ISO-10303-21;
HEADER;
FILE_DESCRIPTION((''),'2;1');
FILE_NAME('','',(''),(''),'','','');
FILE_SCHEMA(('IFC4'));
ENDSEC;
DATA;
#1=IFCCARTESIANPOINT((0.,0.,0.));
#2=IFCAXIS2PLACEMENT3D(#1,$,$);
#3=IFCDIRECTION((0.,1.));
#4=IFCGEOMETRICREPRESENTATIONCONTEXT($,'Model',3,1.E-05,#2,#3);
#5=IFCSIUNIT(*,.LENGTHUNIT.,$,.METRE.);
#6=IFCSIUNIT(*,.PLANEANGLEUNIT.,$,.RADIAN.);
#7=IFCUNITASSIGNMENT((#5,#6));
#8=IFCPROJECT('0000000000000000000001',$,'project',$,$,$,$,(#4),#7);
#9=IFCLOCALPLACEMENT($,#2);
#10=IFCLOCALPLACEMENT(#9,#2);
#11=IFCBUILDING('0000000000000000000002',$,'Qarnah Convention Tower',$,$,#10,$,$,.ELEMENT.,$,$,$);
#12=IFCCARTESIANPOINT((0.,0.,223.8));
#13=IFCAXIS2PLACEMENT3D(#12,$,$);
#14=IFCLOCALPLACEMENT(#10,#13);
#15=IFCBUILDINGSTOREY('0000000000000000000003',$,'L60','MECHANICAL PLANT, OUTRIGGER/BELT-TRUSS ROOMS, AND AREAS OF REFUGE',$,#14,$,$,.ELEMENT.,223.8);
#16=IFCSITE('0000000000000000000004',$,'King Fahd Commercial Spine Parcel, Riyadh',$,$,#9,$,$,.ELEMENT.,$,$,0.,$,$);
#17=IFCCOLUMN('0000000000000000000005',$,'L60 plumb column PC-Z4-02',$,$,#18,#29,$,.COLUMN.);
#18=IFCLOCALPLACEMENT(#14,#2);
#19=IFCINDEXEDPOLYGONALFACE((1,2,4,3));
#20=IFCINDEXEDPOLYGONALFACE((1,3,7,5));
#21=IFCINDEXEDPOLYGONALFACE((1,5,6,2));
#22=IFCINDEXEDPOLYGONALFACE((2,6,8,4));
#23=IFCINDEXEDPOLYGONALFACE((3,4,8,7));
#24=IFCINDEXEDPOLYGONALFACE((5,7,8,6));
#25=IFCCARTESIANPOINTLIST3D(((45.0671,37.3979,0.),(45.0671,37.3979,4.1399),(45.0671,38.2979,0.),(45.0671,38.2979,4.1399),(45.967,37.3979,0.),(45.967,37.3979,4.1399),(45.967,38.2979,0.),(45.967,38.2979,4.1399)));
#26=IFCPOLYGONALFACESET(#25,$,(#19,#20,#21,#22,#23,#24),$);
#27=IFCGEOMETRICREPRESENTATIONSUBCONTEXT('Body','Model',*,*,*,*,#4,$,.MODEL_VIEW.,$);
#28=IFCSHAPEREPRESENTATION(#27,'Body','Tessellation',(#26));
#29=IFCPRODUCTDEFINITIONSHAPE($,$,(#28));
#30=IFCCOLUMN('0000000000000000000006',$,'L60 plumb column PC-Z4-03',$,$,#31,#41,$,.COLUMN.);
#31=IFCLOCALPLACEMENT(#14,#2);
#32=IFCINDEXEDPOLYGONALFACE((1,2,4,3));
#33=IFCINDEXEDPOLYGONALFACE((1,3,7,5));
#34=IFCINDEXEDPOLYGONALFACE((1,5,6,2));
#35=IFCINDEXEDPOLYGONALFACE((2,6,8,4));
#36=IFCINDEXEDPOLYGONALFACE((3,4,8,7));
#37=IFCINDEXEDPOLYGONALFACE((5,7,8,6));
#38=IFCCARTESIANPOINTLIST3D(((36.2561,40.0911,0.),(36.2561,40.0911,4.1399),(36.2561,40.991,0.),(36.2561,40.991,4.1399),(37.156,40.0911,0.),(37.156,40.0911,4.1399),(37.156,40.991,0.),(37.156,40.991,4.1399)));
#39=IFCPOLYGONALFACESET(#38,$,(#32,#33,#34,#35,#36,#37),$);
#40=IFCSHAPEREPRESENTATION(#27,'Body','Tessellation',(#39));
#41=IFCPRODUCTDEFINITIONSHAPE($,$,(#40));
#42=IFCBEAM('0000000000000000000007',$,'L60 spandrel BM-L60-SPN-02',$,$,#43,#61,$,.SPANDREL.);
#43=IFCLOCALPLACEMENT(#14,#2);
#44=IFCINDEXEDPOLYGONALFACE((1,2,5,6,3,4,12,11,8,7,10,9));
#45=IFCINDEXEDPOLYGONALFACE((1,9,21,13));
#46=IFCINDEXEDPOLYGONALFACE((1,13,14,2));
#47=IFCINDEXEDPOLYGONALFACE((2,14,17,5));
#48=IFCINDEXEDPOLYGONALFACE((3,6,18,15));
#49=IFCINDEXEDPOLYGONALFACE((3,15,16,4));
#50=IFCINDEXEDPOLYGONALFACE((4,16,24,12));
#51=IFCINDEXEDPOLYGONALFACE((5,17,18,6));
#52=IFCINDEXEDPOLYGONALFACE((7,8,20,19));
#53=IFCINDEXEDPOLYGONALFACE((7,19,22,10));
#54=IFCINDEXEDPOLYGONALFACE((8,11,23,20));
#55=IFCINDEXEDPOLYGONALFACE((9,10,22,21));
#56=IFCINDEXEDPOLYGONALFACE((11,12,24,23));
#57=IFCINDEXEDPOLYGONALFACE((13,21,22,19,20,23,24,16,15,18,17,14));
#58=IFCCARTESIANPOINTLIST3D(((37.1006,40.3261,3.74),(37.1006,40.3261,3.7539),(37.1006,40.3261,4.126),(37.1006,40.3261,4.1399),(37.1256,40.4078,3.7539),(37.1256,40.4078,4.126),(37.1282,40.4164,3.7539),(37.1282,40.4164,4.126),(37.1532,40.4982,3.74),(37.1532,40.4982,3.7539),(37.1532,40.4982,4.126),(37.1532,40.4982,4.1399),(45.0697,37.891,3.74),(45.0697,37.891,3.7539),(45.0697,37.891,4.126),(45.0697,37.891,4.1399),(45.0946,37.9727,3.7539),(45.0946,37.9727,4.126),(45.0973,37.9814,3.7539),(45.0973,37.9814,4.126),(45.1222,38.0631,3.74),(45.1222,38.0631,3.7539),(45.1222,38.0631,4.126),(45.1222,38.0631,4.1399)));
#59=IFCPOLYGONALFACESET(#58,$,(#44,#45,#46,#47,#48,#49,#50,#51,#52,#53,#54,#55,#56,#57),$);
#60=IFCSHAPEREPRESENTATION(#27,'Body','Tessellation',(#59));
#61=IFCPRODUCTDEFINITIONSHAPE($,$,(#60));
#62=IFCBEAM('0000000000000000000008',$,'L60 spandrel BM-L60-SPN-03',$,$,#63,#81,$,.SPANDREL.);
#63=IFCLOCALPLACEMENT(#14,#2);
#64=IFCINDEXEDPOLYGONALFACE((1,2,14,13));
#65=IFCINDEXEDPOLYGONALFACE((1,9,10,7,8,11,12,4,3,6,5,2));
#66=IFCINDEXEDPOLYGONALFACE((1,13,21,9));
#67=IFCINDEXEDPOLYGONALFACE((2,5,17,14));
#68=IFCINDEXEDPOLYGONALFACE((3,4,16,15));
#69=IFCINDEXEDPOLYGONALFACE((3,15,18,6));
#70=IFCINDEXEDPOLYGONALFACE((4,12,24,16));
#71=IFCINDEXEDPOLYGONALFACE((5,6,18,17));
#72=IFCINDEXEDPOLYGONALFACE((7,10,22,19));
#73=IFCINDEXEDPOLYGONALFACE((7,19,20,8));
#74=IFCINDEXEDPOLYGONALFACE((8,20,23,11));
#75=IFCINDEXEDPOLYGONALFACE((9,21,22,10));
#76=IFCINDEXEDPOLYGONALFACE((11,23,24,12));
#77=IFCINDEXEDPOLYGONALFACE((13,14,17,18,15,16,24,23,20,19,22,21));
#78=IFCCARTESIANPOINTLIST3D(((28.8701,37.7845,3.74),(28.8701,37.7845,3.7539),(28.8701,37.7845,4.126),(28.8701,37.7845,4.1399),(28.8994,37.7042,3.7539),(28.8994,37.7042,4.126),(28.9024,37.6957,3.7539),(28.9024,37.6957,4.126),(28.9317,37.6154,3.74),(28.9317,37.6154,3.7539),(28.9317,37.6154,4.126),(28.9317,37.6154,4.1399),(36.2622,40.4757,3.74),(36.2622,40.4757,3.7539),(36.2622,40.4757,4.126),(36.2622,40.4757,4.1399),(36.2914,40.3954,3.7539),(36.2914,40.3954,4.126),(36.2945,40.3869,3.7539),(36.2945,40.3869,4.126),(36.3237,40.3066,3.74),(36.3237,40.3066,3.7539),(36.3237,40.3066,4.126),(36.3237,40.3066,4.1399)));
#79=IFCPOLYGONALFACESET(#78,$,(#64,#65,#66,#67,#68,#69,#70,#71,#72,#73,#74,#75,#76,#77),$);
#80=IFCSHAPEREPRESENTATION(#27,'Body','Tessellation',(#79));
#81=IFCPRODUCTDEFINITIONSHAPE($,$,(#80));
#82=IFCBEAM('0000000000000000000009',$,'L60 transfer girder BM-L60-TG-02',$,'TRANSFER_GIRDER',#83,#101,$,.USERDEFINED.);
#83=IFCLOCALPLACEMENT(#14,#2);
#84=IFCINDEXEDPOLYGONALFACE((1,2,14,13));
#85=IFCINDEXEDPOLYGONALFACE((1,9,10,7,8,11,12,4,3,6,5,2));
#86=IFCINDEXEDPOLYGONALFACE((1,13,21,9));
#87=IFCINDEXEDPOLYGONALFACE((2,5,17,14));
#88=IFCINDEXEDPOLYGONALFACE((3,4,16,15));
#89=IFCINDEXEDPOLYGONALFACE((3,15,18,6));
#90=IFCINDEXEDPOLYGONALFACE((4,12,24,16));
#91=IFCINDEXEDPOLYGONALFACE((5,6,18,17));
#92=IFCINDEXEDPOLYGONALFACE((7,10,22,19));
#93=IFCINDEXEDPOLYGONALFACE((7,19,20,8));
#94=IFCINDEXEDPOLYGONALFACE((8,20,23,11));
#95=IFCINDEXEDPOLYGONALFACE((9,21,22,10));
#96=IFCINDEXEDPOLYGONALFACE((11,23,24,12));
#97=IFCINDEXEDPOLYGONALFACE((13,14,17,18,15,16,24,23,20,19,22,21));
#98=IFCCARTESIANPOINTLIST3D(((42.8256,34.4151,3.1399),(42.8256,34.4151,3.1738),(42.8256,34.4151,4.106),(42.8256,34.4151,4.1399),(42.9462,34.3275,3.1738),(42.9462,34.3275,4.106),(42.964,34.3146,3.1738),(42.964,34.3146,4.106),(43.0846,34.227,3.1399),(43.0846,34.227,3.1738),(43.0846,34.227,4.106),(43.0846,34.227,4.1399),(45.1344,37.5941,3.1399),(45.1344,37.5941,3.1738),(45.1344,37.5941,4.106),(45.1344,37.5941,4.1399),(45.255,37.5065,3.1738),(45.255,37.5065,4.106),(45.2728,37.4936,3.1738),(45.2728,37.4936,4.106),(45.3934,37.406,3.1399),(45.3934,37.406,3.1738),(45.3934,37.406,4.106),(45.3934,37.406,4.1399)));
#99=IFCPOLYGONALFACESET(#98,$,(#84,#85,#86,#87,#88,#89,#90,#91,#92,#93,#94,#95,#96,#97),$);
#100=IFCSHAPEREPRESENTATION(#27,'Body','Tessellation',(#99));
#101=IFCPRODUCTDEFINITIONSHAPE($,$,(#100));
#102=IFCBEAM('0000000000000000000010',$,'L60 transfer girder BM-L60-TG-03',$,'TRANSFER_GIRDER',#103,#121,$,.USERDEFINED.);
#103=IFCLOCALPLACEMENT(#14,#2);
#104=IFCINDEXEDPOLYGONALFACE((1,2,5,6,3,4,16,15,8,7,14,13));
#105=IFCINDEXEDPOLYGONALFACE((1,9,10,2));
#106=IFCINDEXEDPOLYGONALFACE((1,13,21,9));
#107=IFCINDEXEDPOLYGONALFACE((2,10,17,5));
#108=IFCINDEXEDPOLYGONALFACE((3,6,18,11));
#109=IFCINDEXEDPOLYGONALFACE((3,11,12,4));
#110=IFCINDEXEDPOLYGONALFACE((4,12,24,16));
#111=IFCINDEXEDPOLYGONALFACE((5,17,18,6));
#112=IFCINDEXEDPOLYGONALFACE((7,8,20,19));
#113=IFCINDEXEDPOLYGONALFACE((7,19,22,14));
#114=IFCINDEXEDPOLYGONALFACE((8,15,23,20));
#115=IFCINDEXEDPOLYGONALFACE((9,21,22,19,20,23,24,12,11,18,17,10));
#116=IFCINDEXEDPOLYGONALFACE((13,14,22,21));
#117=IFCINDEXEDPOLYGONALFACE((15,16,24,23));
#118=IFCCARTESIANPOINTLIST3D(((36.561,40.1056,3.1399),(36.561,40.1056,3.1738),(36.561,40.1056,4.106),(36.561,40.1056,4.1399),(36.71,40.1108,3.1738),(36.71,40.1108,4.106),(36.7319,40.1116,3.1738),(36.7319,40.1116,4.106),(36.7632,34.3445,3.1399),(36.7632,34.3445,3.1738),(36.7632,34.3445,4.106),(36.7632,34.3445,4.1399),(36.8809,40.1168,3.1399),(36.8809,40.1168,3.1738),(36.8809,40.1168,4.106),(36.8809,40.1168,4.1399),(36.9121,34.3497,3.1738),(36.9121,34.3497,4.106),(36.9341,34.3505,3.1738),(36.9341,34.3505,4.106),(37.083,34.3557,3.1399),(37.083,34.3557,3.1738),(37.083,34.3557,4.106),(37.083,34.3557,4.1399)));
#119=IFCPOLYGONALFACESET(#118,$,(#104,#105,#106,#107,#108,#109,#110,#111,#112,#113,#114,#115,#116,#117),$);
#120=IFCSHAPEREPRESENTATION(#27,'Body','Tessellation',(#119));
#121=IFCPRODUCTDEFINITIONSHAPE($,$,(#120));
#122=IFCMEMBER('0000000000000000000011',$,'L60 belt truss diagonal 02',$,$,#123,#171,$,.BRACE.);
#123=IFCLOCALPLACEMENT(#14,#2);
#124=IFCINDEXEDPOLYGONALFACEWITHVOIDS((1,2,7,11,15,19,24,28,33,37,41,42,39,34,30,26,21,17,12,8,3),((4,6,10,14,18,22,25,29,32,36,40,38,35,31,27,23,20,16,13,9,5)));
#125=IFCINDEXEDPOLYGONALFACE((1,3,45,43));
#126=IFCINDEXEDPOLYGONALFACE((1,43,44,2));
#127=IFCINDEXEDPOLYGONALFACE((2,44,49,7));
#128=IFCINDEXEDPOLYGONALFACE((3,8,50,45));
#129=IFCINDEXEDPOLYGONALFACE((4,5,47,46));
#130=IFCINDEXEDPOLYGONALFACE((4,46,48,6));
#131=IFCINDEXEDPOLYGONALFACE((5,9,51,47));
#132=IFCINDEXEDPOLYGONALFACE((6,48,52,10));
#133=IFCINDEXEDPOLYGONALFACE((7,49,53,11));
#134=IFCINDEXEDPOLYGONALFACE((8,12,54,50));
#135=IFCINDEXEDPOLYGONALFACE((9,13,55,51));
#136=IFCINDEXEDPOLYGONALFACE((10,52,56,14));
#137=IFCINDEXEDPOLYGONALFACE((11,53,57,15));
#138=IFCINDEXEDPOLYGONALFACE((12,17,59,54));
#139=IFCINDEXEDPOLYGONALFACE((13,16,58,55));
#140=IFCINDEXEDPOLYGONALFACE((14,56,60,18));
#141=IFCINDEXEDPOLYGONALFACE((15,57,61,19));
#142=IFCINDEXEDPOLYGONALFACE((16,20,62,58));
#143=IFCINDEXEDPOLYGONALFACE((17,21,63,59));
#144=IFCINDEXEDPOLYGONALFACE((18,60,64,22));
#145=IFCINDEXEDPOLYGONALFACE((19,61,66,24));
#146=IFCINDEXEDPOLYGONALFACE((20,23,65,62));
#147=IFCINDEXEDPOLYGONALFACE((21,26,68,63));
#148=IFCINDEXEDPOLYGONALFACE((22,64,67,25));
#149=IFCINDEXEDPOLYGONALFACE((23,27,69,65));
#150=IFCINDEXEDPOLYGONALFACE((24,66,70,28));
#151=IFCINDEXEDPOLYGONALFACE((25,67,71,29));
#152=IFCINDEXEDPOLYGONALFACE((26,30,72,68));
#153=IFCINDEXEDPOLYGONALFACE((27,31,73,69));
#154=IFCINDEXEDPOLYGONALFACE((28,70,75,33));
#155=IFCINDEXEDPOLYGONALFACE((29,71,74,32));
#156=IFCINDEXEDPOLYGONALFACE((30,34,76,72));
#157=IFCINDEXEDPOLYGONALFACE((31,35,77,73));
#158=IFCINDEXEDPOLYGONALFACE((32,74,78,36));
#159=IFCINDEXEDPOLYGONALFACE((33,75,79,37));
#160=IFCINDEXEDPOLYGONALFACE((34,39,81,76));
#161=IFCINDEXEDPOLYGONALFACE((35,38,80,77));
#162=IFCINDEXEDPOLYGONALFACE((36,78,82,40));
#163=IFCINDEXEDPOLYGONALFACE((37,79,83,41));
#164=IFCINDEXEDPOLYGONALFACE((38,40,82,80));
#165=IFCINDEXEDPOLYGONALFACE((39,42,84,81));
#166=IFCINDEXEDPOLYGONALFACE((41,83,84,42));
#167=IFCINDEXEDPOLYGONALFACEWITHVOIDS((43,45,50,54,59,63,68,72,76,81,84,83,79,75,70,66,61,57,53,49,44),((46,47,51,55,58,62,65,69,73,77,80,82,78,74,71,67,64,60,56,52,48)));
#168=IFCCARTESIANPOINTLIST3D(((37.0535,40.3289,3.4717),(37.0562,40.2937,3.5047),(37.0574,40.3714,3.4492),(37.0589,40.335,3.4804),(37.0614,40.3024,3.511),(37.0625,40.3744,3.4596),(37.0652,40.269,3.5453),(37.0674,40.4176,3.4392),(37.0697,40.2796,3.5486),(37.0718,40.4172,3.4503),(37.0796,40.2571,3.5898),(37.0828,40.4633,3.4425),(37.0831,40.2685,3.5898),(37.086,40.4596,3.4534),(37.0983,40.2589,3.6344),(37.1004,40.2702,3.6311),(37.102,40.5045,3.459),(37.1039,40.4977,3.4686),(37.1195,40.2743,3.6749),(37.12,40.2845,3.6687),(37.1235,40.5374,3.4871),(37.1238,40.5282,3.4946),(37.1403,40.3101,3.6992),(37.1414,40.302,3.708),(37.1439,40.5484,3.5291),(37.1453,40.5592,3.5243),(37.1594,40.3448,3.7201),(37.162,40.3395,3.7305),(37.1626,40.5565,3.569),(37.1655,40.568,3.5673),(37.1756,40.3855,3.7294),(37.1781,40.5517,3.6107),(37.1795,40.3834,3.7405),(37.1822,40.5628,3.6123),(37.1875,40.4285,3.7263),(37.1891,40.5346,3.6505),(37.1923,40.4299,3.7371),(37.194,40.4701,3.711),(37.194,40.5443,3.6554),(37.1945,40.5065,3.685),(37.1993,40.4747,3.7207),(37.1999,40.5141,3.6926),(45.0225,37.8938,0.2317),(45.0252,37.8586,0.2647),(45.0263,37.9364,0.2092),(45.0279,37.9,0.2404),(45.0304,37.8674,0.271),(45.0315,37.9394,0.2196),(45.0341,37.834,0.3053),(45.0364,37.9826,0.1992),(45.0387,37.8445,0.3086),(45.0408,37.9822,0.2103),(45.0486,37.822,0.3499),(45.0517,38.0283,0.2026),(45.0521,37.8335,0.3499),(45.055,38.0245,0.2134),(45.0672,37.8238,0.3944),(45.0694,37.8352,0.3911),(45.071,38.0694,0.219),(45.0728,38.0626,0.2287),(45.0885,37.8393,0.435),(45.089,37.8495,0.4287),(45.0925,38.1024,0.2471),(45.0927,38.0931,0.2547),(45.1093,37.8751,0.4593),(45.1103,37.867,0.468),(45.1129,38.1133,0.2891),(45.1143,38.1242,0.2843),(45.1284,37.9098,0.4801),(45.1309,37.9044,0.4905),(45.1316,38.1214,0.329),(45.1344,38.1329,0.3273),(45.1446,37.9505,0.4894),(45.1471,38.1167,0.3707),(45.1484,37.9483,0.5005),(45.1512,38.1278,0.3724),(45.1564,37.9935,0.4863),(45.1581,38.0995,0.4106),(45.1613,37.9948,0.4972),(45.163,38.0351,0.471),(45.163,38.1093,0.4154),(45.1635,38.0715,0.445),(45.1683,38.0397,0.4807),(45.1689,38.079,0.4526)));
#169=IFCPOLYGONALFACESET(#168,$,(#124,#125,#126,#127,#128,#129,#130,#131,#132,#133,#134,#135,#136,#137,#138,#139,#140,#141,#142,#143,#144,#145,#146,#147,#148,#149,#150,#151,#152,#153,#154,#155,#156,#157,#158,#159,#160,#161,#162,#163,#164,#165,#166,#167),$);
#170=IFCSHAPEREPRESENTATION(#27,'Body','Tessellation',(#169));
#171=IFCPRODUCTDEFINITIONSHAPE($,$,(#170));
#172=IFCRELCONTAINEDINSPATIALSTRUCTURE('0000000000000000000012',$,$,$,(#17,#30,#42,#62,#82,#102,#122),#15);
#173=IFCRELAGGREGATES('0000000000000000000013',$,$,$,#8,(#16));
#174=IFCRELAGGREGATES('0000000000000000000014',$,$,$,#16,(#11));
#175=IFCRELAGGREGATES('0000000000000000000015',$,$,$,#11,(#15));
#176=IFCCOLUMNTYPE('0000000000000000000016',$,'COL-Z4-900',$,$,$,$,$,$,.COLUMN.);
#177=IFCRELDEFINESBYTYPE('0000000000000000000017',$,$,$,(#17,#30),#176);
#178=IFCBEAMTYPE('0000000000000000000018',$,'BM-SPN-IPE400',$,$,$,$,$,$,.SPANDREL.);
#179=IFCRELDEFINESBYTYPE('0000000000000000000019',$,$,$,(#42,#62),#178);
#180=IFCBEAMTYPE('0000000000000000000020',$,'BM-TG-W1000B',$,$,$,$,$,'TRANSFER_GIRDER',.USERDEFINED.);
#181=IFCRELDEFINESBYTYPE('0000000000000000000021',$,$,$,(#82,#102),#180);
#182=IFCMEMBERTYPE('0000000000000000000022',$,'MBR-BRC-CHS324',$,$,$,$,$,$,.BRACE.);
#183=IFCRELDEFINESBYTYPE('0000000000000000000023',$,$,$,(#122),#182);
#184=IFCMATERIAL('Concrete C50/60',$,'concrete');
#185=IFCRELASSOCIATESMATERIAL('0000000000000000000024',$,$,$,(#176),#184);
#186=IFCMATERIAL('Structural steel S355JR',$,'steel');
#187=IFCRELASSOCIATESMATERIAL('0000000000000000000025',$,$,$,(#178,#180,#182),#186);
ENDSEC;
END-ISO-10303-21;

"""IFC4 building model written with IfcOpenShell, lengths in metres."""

from ifc_helpers import new_model, si_unit, direction, frame, origin, origin_2d, place, context, subcontext, project, spatial, rectangle, hollow_circle, i_section, extrude, material, material_profile, profile_set, type_object, element, save


model = new_model("IFC4")

# Units and contexts
model_context = context("Model", 3, precision=1e-05, world=origin(), true_north=direction((0.0, 1.0)))
body_context = subcontext(model_context, "Body", "Model", "MODEL_VIEW")
ifc_project = project(units=[si_unit("LENGTHUNIT", "METRE"), si_unit("PLANEANGLEUNIT", "RADIAN")], contexts=[model_context])

# Site, building, storey
site_placement = place(None, origin())
site = spatial("IfcSite", under=ifc_project, at=site_placement, Name="King Fahd Commercial Spine Parcel, Riyadh", CompositionType="ELEMENT", RefElevation=0.0)
building_placement = place(site_placement, origin())
building = spatial("IfcBuilding", under=site, at=building_placement, Name="Qarnah Convention Tower", CompositionType="ELEMENT")
storey_placement = place(building_placement, frame((0.0, 0.0, 223.8)))
storey = spatial("IfcBuildingStorey", under=building, at=storey_placement, Name="L60", Description="MECHANICAL PLANT, OUTRIGGER/BELT-TRUSS ROOMS, AND AREAS OF REFUGE", CompositionType="ELEMENT", Elevation=223.8)

# Columns
ifc_material_1 = material(Name="Concrete C50/60", Category="concrete")
ifc_material_profile_1 = material_profile(ifc_material_1, rectangle(XDim=0.8999, YDim=0.8999, at=origin_2d()), Name="RC-COL-900X900")
ifc_profile_set_1 = profile_set([ifc_material_profile_1], Name="Concrete C50/60")
column_type = type_object("IfcColumnType", Name="COL-Z4-900", PredefinedType="COLUMN", material=ifc_profile_set_1)
for number, where, z_axis, x_axis, name in (
    (1, (45.5171, 37.8479, 0.0), (0.0, 0.0, 1.0), (1.0, 0.0, 0.0), "L60 plumb column PC-Z4-02"),
    (2, (36.7061, 40.541, 0.0), (0.0, 0.0, 1.0), (1.0, 0.0, 0.0), "L60 plumb column PC-Z4-03"),
):
    element("IfcColumn", number, at=place(storey_placement, frame(where, z_axis=z_axis, x_axis=x_axis)), inside=storey, type_object=column_type, Name=name, PredefinedType="COLUMN", context=body_context, shape_type="SweptSolid", body=[
        extrude(rectangle(XDim=0.8999, YDim=0.8999, at=origin_2d()), origin(), (0.0, 0.0, 1.0), 4.1399),
    ])

# Beams
ifc_material_2 = material(Name="Structural steel S355JR", Category="steel")
ifc_material_profile_2 = material_profile(ifc_material_2, i_section(OverallWidth=0.1799, OverallDepth=0.3999, WebThickness=0.009, FlangeThickness=0.0139, at=origin_2d()), Name="IPE400")
ifc_profile_set_2 = profile_set([ifc_material_profile_2], Name="Structural steel S355JR")
beam_type_1 = type_object("IfcBeamType", Name="BM-SPN-IPE400", PredefinedType="SPANDREL", material=ifc_profile_set_2)
beam_1_placement = place(storey_placement, frame((45.0959, 37.9771, 3.9399), z_axis=(-0.956349, 0.292228, 0.0), x_axis=(-0.292228, -0.956349, 0.0)))
element("IfcBeam", 3, at=beam_1_placement, inside=storey, type_object=beam_type_1, Name="L60 spandrel BM-L60-SPN-02", PredefinedType="SPANDREL", context=body_context, shape_type="SweptSolid", body=[
    extrude(i_section(OverallWidth=0.1799, OverallDepth=0.3999, WebThickness=0.009, FlangeThickness=0.0139, at=origin_2d()), origin(), (0.0, 0.0, 1.0), 8.3328),
])
beam_2_placement = place(storey_placement, frame((36.293, 40.3911, 3.9399), z_axis=(-0.939666, -0.342094, 0.0), x_axis=(0.342094, -0.939666, 0.0)))
element("IfcBeam", 4, at=beam_2_placement, inside=storey, type_object=beam_type_1, Name="L60 spandrel BM-L60-SPN-03", PredefinedType="SPANDREL", context=body_context, shape_type="SweptSolid", body=[
    extrude(i_section(OverallWidth=0.1799, OverallDepth=0.3999, WebThickness=0.009, FlangeThickness=0.0139, at=origin_2d()), origin(), (0.0, 0.0, 1.0), 7.8667),
])
ifc_material_profile_3 = material_profile(ifc_material_2, i_section(OverallWidth=0.3201, OverallDepth=1.0, WebThickness=0.022, FlangeThickness=0.0339, at=origin_2d()), Name="W1000X371")
ifc_profile_set_3 = profile_set([ifc_material_profile_3], Name="Structural steel S355JR")
beam_type_2 = type_object("IfcBeamType", Name="BM-TG-W1000B", ElementType="TRANSFER_GIRDER", PredefinedType="USERDEFINED", material=ifc_profile_set_3)
beam_3_placement = place(storey_placement, frame((42.9551, 34.321, 3.6399), z_axis=(0.587651, 0.809115, 0.0), x_axis=(-0.809115, 0.587651, 0.0)))
element("IfcBeam", 5, at=beam_3_placement, inside=storey, type_object=beam_type_2, Name="L60 transfer girder BM-L60-TG-02", ObjectType="TRANSFER_GIRDER", PredefinedType="USERDEFINED", context=body_context, shape_type="SweptSolid", body=[
    extrude(i_section(OverallWidth=0.3201, OverallDepth=1.0, WebThickness=0.022, FlangeThickness=0.0339, at=origin_2d()), origin(), (0.0, 0.0, 1.0), 3.929),
])
beam_4_placement = place(storey_placement, frame((36.9231, 34.3501, 3.6399), z_axis=(-0.035068, 0.999385, 0.0), x_axis=(-0.999385, -0.035068, 0.0)))
element("IfcBeam", 6, at=beam_4_placement, inside=storey, type_object=beam_type_2, Name="L60 transfer girder BM-L60-TG-03", ObjectType="TRANSFER_GIRDER", PredefinedType="USERDEFINED", context=body_context, shape_type="SweptSolid", body=[
    extrude(i_section(OverallWidth=0.3201, OverallDepth=1.0, WebThickness=0.022, FlangeThickness=0.0339, at=origin_2d()), origin(), (0.0, 0.0, 1.0), 5.7646),
])

# Member
ifc_material_profile_4 = material_profile(ifc_material_2, hollow_circle(Radius=0.1621, WallThickness=0.012, at=origin_2d()), Name="CHS324X12")
ifc_profile_set_4 = profile_set([ifc_material_profile_4], Name="Structural steel S355JR")
member_type_1 = type_object("IfcMemberType", Name="MBR-BRC-CHS324", PredefinedType="BRACE", material=ifc_profile_set_4)
member_1_placement = place(storey_placement, frame((45.0959, 37.9771, 0.3499), z_axis=(-0.89134, 0.272364, 0.362396), x_axis=(-0.292228, -0.956349, 0.0)))
element("IfcMember", 7, at=member_1_placement, inside=storey, type_object=member_type_1, Name="L60 belt truss diagonal 02", PredefinedType="BRACE", context=body_context, shape_type="SweptSolid", body=[
    extrude(hollow_circle(Radius=0.1621, WallThickness=0.012, at=origin_2d()), origin(), (0.0, 0.0, 1.0), 8.9404),
])

save(model, "model.ifc")
